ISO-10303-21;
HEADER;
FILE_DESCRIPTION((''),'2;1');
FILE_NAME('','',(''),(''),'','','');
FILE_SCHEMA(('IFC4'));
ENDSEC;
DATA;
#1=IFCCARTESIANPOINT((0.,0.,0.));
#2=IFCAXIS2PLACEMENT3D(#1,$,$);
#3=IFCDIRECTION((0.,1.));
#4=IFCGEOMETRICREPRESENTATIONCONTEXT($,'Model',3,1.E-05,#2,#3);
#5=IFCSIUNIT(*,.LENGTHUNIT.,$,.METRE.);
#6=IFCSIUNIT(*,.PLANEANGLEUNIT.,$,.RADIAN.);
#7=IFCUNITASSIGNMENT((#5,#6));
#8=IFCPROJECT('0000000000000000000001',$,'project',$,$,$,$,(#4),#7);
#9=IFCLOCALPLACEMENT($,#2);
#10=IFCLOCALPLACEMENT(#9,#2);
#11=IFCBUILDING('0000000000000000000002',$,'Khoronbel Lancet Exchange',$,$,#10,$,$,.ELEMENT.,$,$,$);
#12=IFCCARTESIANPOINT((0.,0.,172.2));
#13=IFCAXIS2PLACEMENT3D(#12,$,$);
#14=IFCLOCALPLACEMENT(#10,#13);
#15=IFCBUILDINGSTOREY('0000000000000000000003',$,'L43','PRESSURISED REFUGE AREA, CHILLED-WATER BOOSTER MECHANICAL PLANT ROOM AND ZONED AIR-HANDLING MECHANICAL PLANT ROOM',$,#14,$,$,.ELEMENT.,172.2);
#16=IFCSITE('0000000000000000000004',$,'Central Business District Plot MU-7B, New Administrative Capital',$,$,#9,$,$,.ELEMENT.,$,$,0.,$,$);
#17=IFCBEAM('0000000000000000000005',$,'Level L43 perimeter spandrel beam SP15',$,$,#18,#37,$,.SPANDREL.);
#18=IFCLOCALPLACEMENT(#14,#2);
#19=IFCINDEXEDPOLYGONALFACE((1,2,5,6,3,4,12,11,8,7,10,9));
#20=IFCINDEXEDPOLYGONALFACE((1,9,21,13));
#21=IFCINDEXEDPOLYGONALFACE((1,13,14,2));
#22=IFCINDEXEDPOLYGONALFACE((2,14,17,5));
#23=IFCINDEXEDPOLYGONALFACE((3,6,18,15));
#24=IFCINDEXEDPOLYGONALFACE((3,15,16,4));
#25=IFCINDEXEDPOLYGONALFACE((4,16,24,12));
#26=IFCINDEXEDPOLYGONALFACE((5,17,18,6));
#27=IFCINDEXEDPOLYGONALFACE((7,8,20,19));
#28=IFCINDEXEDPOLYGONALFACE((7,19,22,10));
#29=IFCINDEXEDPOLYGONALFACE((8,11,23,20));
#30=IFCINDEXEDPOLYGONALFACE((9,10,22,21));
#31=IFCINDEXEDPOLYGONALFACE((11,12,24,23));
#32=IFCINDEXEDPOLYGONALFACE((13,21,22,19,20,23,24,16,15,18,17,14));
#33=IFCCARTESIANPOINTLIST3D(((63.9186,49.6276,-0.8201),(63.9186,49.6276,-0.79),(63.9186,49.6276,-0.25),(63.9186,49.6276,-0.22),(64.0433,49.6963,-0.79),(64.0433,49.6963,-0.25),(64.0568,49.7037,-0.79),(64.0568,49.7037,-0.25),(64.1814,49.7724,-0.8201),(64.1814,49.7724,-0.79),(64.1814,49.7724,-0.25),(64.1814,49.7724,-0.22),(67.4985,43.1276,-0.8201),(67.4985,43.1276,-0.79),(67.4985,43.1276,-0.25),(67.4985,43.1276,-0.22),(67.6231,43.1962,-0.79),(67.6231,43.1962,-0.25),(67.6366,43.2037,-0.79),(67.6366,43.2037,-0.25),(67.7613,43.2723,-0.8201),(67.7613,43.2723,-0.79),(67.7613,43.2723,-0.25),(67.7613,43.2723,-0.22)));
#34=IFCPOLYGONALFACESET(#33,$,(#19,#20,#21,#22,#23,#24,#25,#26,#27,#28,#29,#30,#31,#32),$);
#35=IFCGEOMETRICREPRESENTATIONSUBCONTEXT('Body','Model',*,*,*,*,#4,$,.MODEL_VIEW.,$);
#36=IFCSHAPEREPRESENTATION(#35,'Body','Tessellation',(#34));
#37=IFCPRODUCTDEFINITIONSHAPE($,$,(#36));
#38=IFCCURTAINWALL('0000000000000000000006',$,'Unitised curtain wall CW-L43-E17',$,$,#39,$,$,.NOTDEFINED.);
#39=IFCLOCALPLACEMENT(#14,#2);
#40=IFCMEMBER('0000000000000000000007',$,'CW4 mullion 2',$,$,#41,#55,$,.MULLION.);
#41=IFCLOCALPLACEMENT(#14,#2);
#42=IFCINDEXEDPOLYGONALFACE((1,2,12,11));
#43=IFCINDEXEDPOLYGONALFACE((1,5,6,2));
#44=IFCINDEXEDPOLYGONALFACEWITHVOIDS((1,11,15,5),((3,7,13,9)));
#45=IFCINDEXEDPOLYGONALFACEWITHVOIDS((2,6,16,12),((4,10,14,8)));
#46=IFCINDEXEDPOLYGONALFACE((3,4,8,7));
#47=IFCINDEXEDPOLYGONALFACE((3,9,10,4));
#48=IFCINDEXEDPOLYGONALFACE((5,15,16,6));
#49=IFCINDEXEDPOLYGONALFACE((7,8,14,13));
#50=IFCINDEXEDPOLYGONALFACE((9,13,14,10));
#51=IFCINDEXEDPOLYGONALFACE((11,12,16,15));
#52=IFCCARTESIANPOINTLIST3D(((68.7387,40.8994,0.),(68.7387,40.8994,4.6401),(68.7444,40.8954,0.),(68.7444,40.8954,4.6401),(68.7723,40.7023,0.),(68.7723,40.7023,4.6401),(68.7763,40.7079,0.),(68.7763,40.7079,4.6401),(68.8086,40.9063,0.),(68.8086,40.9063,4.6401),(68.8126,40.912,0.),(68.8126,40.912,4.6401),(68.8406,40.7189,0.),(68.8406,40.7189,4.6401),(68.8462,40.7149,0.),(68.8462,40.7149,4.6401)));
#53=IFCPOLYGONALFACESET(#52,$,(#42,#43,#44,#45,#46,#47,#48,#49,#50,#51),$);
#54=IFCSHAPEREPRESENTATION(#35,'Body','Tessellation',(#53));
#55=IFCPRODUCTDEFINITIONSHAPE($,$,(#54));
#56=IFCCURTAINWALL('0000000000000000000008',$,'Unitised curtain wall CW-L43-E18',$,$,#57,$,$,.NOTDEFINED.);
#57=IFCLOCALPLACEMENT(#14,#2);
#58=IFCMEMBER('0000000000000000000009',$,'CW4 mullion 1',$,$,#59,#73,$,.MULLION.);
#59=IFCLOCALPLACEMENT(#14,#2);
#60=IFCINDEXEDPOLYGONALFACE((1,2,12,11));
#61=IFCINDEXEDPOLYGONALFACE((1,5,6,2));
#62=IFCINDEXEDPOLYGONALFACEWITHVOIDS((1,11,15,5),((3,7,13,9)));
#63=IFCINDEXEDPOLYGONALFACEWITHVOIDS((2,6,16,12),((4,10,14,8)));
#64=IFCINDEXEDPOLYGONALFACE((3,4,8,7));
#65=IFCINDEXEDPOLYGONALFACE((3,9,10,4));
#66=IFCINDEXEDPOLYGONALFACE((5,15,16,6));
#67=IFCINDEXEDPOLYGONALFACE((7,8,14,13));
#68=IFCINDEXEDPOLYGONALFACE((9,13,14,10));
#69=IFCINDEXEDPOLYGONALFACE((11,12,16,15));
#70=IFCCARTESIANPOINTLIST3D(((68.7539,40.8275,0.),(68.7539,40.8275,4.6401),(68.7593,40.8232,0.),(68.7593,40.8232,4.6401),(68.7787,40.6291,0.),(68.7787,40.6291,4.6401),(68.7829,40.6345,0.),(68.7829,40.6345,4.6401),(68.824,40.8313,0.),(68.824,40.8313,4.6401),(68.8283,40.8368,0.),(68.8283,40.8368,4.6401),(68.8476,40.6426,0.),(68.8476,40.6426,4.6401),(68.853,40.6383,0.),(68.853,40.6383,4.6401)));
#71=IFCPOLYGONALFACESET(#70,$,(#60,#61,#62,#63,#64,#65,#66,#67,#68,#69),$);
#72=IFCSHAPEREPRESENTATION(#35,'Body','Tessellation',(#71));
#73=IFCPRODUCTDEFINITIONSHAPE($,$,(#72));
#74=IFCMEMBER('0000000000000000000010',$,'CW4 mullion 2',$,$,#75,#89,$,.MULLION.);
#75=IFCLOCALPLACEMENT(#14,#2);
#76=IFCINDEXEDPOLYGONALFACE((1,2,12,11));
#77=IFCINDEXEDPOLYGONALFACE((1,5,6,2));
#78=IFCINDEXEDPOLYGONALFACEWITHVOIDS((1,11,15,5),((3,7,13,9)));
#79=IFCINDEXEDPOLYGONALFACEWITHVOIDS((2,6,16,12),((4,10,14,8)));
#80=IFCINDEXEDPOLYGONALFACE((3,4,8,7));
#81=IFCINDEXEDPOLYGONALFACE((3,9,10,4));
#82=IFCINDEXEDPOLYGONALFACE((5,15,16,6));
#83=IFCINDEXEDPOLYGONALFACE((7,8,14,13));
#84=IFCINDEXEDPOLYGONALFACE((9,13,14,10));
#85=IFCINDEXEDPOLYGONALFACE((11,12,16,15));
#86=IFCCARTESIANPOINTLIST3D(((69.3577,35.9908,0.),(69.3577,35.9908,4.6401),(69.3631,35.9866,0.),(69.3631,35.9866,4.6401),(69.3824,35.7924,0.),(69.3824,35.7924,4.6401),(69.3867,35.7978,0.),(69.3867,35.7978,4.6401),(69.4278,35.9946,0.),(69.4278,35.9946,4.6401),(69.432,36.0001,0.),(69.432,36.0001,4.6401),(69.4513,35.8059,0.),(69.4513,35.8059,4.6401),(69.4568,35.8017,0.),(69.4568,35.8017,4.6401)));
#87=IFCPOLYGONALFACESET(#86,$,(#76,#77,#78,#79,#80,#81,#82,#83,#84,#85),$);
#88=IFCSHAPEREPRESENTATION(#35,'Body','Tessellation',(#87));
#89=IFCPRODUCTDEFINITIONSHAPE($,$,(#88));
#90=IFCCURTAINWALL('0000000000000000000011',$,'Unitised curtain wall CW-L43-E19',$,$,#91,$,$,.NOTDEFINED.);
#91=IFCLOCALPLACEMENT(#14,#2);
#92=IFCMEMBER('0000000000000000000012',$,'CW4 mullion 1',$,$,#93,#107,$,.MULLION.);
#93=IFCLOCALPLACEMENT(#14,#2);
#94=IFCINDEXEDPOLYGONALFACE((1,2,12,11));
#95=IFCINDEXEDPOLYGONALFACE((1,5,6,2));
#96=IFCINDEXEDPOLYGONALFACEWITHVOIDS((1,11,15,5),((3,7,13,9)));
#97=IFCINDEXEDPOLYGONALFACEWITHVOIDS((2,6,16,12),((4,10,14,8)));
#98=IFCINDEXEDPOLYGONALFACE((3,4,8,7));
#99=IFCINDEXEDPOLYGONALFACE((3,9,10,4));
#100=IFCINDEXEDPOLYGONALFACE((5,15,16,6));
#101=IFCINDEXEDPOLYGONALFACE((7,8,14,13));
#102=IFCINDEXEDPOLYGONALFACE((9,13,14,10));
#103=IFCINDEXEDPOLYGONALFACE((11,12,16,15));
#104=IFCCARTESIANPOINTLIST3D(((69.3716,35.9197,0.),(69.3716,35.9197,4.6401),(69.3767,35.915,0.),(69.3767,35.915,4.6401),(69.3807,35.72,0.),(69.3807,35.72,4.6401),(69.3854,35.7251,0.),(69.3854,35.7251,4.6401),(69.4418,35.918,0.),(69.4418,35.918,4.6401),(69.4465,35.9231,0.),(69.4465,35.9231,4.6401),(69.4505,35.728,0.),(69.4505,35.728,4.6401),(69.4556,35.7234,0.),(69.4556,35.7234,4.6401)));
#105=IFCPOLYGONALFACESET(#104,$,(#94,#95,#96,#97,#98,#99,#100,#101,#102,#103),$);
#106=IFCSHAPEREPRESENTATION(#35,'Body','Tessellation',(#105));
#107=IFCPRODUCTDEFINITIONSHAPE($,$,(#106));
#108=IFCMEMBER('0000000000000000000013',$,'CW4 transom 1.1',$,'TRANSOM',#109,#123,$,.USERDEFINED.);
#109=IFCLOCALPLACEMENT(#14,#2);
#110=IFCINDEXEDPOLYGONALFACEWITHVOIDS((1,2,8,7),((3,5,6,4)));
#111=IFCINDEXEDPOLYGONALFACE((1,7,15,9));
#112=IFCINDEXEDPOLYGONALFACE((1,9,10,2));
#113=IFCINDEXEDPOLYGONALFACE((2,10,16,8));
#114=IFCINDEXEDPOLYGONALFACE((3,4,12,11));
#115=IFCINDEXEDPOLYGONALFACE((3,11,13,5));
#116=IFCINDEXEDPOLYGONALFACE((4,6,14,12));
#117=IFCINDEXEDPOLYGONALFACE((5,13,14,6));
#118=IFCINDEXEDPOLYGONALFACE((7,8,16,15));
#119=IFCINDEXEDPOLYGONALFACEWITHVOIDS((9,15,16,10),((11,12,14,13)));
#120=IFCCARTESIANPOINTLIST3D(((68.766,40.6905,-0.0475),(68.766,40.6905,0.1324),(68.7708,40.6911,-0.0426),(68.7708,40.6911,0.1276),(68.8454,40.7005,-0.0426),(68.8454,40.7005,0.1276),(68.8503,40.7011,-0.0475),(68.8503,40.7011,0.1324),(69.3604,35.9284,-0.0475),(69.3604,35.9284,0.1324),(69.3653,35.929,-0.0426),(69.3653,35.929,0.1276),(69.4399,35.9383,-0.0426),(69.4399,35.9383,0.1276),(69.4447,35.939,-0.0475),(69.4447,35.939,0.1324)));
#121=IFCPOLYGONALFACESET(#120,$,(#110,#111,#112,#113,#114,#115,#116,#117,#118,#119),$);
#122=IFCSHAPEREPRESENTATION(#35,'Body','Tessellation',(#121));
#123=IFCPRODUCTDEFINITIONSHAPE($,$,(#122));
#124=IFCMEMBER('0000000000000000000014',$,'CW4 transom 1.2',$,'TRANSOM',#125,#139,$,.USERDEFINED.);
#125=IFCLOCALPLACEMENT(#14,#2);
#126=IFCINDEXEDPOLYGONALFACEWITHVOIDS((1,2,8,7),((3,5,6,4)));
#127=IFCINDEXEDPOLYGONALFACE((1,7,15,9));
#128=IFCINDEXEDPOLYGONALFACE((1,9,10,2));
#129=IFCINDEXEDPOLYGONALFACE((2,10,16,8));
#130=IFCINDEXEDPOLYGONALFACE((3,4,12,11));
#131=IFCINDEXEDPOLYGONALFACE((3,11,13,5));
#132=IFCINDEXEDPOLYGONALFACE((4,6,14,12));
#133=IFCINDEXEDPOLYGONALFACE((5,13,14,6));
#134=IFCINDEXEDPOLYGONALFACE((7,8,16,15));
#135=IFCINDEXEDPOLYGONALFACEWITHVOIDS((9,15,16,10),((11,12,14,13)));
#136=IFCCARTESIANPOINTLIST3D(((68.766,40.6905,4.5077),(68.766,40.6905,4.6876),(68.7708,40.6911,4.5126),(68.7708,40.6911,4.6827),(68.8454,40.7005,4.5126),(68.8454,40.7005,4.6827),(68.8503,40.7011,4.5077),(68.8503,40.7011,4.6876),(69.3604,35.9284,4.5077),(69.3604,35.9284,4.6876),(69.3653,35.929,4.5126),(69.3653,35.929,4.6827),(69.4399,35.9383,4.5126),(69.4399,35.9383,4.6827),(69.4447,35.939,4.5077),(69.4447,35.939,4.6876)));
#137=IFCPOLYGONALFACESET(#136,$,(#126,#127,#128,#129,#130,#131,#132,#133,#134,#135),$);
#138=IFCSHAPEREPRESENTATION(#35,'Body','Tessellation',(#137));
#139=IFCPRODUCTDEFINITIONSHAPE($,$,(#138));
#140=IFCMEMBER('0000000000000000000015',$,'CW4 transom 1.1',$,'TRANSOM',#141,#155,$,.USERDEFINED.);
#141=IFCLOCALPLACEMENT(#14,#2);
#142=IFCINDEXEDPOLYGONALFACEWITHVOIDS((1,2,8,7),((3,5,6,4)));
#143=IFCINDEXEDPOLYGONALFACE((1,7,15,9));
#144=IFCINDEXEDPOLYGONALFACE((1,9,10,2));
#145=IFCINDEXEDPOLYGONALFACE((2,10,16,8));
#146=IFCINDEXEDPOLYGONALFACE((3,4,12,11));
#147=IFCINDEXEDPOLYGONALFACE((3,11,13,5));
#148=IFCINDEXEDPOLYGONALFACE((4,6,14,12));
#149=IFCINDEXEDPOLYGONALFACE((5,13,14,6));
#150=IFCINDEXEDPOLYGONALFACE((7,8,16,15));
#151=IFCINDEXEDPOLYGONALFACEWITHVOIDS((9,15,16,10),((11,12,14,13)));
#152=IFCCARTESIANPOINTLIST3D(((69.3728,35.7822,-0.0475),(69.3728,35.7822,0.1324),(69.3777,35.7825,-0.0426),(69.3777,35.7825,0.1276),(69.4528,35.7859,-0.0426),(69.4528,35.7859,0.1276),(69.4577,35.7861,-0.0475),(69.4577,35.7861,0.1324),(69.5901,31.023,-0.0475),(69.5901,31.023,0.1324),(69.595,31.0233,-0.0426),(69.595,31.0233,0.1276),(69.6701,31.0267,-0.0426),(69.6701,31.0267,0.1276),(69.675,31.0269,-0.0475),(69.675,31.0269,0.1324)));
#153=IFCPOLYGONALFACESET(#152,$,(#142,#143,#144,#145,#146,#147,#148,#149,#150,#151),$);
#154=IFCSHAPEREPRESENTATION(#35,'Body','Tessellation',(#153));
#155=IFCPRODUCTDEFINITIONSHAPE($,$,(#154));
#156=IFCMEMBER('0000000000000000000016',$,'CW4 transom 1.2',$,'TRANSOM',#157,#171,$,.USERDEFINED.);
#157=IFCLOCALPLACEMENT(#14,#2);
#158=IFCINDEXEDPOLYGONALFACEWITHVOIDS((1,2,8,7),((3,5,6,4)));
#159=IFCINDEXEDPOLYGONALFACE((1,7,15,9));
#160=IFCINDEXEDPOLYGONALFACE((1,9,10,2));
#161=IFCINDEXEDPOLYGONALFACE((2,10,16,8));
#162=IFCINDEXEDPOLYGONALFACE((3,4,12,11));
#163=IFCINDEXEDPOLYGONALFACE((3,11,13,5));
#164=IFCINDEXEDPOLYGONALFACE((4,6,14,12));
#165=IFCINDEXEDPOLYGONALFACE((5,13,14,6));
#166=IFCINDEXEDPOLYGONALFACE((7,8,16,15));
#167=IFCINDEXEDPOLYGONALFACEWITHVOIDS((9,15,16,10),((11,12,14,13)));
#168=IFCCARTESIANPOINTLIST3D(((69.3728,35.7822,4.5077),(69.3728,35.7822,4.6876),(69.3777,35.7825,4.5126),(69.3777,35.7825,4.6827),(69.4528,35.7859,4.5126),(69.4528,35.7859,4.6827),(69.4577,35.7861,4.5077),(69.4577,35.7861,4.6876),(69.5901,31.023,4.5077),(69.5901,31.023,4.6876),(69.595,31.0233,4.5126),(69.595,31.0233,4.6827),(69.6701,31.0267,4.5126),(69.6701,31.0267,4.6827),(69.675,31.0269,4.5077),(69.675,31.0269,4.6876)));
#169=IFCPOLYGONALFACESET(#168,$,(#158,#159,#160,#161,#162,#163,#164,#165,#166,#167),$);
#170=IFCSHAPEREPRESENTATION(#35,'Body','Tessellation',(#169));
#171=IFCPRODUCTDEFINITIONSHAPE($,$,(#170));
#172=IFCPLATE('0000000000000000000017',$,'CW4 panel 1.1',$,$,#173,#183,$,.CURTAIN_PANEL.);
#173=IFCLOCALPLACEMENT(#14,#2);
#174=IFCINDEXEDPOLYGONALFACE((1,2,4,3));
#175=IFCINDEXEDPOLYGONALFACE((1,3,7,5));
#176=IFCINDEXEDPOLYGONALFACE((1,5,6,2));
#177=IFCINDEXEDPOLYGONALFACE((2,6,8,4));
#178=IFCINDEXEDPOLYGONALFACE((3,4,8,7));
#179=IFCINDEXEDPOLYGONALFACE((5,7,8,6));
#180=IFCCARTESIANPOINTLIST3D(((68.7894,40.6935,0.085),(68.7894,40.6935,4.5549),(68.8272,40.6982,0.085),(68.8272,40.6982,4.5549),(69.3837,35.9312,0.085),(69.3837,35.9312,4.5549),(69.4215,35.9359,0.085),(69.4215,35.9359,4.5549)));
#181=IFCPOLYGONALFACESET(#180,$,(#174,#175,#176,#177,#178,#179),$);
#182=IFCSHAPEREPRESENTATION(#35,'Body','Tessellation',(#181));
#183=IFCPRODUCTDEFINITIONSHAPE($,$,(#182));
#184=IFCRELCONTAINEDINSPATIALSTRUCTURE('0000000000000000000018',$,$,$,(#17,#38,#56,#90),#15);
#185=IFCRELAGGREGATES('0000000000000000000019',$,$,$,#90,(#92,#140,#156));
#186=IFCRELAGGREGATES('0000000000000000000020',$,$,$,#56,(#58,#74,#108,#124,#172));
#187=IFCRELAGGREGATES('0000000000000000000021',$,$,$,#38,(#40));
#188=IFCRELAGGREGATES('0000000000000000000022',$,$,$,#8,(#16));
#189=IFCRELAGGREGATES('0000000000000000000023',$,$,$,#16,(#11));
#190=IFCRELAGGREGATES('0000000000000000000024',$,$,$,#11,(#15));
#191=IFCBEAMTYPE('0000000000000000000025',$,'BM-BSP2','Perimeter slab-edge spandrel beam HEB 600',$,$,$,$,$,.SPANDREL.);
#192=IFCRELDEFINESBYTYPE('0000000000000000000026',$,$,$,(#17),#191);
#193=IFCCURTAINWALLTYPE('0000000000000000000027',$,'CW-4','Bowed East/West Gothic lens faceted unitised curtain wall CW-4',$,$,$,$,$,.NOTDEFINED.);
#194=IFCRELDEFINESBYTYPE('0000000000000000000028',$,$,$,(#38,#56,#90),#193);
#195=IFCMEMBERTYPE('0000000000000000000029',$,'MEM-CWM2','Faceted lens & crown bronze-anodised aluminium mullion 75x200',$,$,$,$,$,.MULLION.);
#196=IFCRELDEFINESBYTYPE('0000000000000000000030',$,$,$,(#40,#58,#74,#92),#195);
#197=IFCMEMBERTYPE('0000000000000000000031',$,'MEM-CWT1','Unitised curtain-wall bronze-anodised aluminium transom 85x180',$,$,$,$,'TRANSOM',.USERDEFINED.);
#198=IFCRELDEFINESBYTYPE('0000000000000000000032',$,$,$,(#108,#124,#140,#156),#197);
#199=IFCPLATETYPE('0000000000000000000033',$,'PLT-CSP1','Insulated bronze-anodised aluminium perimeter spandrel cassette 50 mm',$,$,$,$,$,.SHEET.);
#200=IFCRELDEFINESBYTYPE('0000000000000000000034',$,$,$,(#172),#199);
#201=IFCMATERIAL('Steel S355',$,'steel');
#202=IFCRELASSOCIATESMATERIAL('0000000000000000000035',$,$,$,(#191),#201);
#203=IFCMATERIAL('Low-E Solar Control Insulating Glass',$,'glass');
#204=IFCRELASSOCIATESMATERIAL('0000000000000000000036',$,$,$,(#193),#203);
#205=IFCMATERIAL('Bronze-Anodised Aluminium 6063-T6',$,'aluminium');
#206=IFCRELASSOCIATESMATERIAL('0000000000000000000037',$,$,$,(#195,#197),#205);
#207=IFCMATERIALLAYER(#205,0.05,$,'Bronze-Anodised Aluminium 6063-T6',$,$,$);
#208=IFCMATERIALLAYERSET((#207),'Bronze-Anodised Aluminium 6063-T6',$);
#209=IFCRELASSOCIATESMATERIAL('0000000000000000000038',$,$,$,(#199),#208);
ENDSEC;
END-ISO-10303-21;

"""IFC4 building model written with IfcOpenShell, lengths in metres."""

from ifc_helpers import new_model, si_unit, direction, frame, origin, origin_2d, place, context, subcontext, project, spatial, rectangle, hollow_rectangle, i_section, extrude, material, layer, layer_set, material_profile, profile_set, type_object, element, aggregate, save


model = new_model("IFC4")

# Units and contexts
model_context = context("Model", 3, precision=1e-05, world=origin(), true_north=direction((0.0, 1.0)))
body_context = subcontext(model_context, "Body", "Model", "MODEL_VIEW")
ifc_project = project(units=[si_unit("LENGTHUNIT", "METRE"), si_unit("PLANEANGLEUNIT", "RADIAN")], contexts=[model_context])

# Site, building, storey
site_placement = place(None, origin())
site = spatial("IfcSite", under=ifc_project, at=site_placement, Name="Central Business District Plot MU-7B, New Administrative Capital", CompositionType="ELEMENT", RefElevation=0.0)
building_placement = place(site_placement, origin())
building = spatial("IfcBuilding", under=site, at=building_placement, Name="Khoronbel Lancet Exchange", CompositionType="ELEMENT")
storey_placement = place(building_placement, frame((0.0, 0.0, 172.2)))
storey = spatial("IfcBuildingStorey", under=building, at=storey_placement, Name="L43", Description="PRESSURISED REFUGE AREA, CHILLED-WATER BOOSTER MECHANICAL PLANT ROOM AND ZONED AIR-HANDLING MECHANICAL PLANT ROOM", CompositionType="ELEMENT", Elevation=172.2)

# Shared definitions
ifc_material_1 = material(Name="Steel S355", Category="steel")

# Beam
ifc_material_profile_1 = material_profile(ifc_material_1, i_section(OverallWidth=0.3, OverallDepth=0.6001, WebThickness=0.0154, FlangeThickness=0.03, at=origin_2d()), Name="HEB 600")
ifc_profile_set_1 = profile_set([ifc_material_profile_1], Name="Steel S355")
beam_type_1 = type_object("IfcBeamType", Name="BM-BSP2", Description="Perimeter slab-edge spandrel beam HEB 600", PredefinedType="SPANDREL", material=ifc_profile_set_1)
beam_1_placement = place(storey_placement, frame((67.6299, 43.2, -0.52), z_axis=(-0.482419, 0.875941, 0.0), x_axis=(-0.875941, -0.482419, 0.0)))
element("IfcBeam", 1, at=beam_1_placement, inside=storey, type_object=beam_type_1, Name="Level L43 perimeter spandrel beam SP15", PredefinedType="SPANDREL", context=body_context, shape_type="SweptSolid", body=[
    extrude(i_section(OverallWidth=0.3, OverallDepth=0.6001, WebThickness=0.0154, FlangeThickness=0.03, at=origin_2d()), origin(), (0.0, 0.0, 1.0), 7.4207),
])

# Curtain wall, member
ifc_material_2 = material(Name="Low-E Solar Control Insulating Glass", Category="glass")
curtain_wall_type = type_object("IfcCurtainWallType", Name="CW-4", Description="Bowed East/West Gothic lens faceted unitised curtain wall CW-4", PredefinedType="NOTDEFINED", material=ifc_material_2)
curtain_wall_1_placement = place(storey_placement, origin())
curtain_wall_1 = element("IfcCurtainWall", 2, at=curtain_wall_1_placement, inside=storey, type_object=curtain_wall_type, Name="Unitised curtain wall CW-L43-E17", PredefinedType="NOTDEFINED")
ifc_material_3 = material(Name="Bronze-Anodised Aluminium 6063-T6", Category="aluminium")
ifc_material_profile_2 = material_profile(ifc_material_3, hollow_rectangle(XDim=0.075, YDim=0.2, WallThickness=0.0049, at=origin_2d()), Name="ALU MULLION 75x200")
ifc_profile_set_2 = profile_set([ifc_material_profile_2], Name="Bronze-Anodised Aluminium 6063-T6")
member_type_1 = type_object("IfcMemberType", Name="MEM-CWM2", Description="Faceted lens & crown bronze-anodised aluminium mullion 75x200", PredefinedType="MULLION", material=ifc_profile_set_2)
member_1_placement = place(storey_placement, frame((68.7925, 40.8071, 0.0), z_axis=(0.0, 0.0, 1.0), x_axis=(0.985785, 0.168009, 0.0)))
member_1 = element("IfcMember", 3, at=member_1_placement, type_object=member_type_1, Name="CW4 mullion 2", PredefinedType="MULLION", context=body_context, shape_type="SweptSolid", body=[
    extrude(hollow_rectangle(XDim=0.075, YDim=0.2, WallThickness=0.0049, at=origin_2d()), origin(), (0.0, 0.0, 1.0), 4.6401),
])

# Curtain wall, members
curtain_wall_2_placement = place(storey_placement, origin())
curtain_wall_2 = element("IfcCurtainWall", 4, at=curtain_wall_2_placement, inside=storey, type_object=curtain_wall_type, Name="Unitised curtain wall CW-L43-E18", PredefinedType="NOTDEFINED")
member_2_placement = place(storey_placement, frame((68.8035, 40.7329, 0.0), z_axis=(0.0, 0.0, 1.0), x_axis=(0.992302, 0.123838, 0.0)))
member_2 = element("IfcMember", 5, at=member_2_placement, type_object=member_type_1, Name="CW4 mullion 1", PredefinedType="MULLION", context=body_context, shape_type="SweptSolid", body=[
    extrude(hollow_rectangle(XDim=0.075, YDim=0.2, WallThickness=0.0049, at=origin_2d()), origin(), (0.0, 0.0, 1.0), 4.6401),
])
member_3_placement = place(storey_placement, frame((69.4072, 35.8962, 0.0), z_axis=(0.0, 0.0, 1.0), x_axis=(0.992302, 0.123838, 0.0)))
member_3 = element("IfcMember", 6, at=member_3_placement, type_object=member_type_1, Name="CW4 mullion 2", PredefinedType="MULLION", context=body_context, shape_type="SweptSolid", body=[
    extrude(hollow_rectangle(XDim=0.075, YDim=0.2, WallThickness=0.0049, at=origin_2d()), origin(), (0.0, 0.0, 1.0), 4.6401),
])

# Curtain wall, member
curtain_wall_3_placement = place(storey_placement, origin())
curtain_wall_3 = element("IfcCurtainWall", 7, at=curtain_wall_3_placement, inside=storey, type_object=curtain_wall_type, Name="Unitised curtain wall CW-L43-E19", PredefinedType="NOTDEFINED")
member_4_placement = place(storey_placement, frame((69.4136, 35.8215, 0.0), z_axis=(0.0, 0.0, 1.0), x_axis=(0.99896, 0.045602, 0.0)))
member_4 = element("IfcMember", 8, at=member_4_placement, type_object=member_type_1, Name="CW4 mullion 1", PredefinedType="MULLION", context=body_context, shape_type="SweptSolid", body=[
    extrude(hollow_rectangle(XDim=0.075, YDim=0.2, WallThickness=0.0049, at=origin_2d()), origin(), (0.0, 0.0, 1.0), 4.6401),
])

# Members
ifc_material_profile_3 = material_profile(ifc_material_3, hollow_rectangle(XDim=0.085, YDim=0.1799, WallThickness=0.0049, at=origin_2d()), Name="ALU TRANSOM 85x180")
ifc_profile_set_3 = profile_set([ifc_material_profile_3], Name="Bronze-Anodised Aluminium 6063-T6")
member_type_2 = type_object("IfcMemberType", Name="MEM-CWT1", Description="Unitised curtain-wall bronze-anodised aluminium transom 85x180", ElementType="TRANSOM", PredefinedType="USERDEFINED", material=ifc_profile_set_3)
member_5_placement = place(storey_placement, frame((68.8081, 40.6958, 0.0425), z_axis=(0.123872, -0.992298, 0.0), x_axis=(0.992298, 0.123872, 0.0)))
member_5 = element("IfcMember", 9, at=member_5_placement, type_object=member_type_2, Name="CW4 transom 1.1", ObjectType="TRANSOM", PredefinedType="USERDEFINED", context=body_context, shape_type="SweptSolid", body=[
    extrude(hollow_rectangle(XDim=0.085, YDim=0.1799, WallThickness=0.0049, at=origin_2d()), origin(), (0.0, 0.0, 1.0), 4.7991),
])
member_6_placement = place(storey_placement, frame((68.8081, 40.6958, 4.5977), z_axis=(0.123872, -0.992298, 0.0), x_axis=(0.992298, 0.123872, 0.0)))
member_6 = element("IfcMember", 10, at=member_6_placement, type_object=member_type_2, Name="CW4 transom 1.2", ObjectType="TRANSOM", PredefinedType="USERDEFINED", context=body_context, shape_type="SweptSolid", body=[
    extrude(hollow_rectangle(XDim=0.085, YDim=0.1799, WallThickness=0.0049, at=origin_2d()), origin(), (0.0, 0.0, 1.0), 4.7991),
])
member_7_placement = place(storey_placement, frame((69.4153, 35.7842, 0.0425), z_axis=(0.045608, -0.998959, 0.0), x_axis=(0.998959, 0.045608, 0.0)))
member_7 = element("IfcMember", 11, at=member_7_placement, type_object=member_type_2, Name="CW4 transom 1.1", ObjectType="TRANSOM", PredefinedType="USERDEFINED", context=body_context, shape_type="SweptSolid", body=[
    extrude(hollow_rectangle(XDim=0.085, YDim=0.1799, WallThickness=0.0049, at=origin_2d()), origin(), (0.0, 0.0, 1.0), 4.7642),
])
member_8_placement = place(storey_placement, frame((69.4153, 35.7842, 4.5977), z_axis=(0.045608, -0.998959, 0.0), x_axis=(0.998959, 0.045608, 0.0)))
member_8 = element("IfcMember", 12, at=member_8_placement, type_object=member_type_2, Name="CW4 transom 1.2", ObjectType="TRANSOM", PredefinedType="USERDEFINED", context=body_context, shape_type="SweptSolid", body=[
    extrude(hollow_rectangle(XDim=0.085, YDim=0.1799, WallThickness=0.0049, at=origin_2d()), origin(), (0.0, 0.0, 1.0), 4.7642),
])
aggregate(curtain_wall_3, [member_4, member_7, member_8])

# Plate
ifc_layer_1 = layer(ifc_material_3, 0.05, Name="Bronze-Anodised Aluminium 6063-T6")
ifc_layer_set_1 = layer_set([ifc_layer_1], Name="Bronze-Anodised Aluminium 6063-T6")
plate_type_1 = type_object("IfcPlateType", Name="PLT-CSP1", Description="Insulated bronze-anodised aluminium perimeter spandrel cassette 50 mm", PredefinedType="SHEET", material=ifc_layer_set_1)
plate_1_placement = place(storey_placement, frame((69.1055, 38.3147, 0.085), z_axis=(0.0, 0.0, 1.0), x_axis=(0.123838, -0.992302, 0.0)))
plate_1 = element("IfcPlate", 13, at=plate_1_placement, type_object=plate_type_1, Name="CW4 panel 1.1", PredefinedType="CURTAIN_PANEL", context=body_context, shape_type="SweptSolid", body=[
    extrude(rectangle(XDim=4.7993, YDim=0.0381, at=origin_2d()), origin(), (0.0, 0.0, 1.0), 4.47),
])
aggregate(curtain_wall_2, [member_2, member_3, member_5, member_6, plate_1])
aggregate(curtain_wall_1, [member_1])

save(model, "model.ifc")
